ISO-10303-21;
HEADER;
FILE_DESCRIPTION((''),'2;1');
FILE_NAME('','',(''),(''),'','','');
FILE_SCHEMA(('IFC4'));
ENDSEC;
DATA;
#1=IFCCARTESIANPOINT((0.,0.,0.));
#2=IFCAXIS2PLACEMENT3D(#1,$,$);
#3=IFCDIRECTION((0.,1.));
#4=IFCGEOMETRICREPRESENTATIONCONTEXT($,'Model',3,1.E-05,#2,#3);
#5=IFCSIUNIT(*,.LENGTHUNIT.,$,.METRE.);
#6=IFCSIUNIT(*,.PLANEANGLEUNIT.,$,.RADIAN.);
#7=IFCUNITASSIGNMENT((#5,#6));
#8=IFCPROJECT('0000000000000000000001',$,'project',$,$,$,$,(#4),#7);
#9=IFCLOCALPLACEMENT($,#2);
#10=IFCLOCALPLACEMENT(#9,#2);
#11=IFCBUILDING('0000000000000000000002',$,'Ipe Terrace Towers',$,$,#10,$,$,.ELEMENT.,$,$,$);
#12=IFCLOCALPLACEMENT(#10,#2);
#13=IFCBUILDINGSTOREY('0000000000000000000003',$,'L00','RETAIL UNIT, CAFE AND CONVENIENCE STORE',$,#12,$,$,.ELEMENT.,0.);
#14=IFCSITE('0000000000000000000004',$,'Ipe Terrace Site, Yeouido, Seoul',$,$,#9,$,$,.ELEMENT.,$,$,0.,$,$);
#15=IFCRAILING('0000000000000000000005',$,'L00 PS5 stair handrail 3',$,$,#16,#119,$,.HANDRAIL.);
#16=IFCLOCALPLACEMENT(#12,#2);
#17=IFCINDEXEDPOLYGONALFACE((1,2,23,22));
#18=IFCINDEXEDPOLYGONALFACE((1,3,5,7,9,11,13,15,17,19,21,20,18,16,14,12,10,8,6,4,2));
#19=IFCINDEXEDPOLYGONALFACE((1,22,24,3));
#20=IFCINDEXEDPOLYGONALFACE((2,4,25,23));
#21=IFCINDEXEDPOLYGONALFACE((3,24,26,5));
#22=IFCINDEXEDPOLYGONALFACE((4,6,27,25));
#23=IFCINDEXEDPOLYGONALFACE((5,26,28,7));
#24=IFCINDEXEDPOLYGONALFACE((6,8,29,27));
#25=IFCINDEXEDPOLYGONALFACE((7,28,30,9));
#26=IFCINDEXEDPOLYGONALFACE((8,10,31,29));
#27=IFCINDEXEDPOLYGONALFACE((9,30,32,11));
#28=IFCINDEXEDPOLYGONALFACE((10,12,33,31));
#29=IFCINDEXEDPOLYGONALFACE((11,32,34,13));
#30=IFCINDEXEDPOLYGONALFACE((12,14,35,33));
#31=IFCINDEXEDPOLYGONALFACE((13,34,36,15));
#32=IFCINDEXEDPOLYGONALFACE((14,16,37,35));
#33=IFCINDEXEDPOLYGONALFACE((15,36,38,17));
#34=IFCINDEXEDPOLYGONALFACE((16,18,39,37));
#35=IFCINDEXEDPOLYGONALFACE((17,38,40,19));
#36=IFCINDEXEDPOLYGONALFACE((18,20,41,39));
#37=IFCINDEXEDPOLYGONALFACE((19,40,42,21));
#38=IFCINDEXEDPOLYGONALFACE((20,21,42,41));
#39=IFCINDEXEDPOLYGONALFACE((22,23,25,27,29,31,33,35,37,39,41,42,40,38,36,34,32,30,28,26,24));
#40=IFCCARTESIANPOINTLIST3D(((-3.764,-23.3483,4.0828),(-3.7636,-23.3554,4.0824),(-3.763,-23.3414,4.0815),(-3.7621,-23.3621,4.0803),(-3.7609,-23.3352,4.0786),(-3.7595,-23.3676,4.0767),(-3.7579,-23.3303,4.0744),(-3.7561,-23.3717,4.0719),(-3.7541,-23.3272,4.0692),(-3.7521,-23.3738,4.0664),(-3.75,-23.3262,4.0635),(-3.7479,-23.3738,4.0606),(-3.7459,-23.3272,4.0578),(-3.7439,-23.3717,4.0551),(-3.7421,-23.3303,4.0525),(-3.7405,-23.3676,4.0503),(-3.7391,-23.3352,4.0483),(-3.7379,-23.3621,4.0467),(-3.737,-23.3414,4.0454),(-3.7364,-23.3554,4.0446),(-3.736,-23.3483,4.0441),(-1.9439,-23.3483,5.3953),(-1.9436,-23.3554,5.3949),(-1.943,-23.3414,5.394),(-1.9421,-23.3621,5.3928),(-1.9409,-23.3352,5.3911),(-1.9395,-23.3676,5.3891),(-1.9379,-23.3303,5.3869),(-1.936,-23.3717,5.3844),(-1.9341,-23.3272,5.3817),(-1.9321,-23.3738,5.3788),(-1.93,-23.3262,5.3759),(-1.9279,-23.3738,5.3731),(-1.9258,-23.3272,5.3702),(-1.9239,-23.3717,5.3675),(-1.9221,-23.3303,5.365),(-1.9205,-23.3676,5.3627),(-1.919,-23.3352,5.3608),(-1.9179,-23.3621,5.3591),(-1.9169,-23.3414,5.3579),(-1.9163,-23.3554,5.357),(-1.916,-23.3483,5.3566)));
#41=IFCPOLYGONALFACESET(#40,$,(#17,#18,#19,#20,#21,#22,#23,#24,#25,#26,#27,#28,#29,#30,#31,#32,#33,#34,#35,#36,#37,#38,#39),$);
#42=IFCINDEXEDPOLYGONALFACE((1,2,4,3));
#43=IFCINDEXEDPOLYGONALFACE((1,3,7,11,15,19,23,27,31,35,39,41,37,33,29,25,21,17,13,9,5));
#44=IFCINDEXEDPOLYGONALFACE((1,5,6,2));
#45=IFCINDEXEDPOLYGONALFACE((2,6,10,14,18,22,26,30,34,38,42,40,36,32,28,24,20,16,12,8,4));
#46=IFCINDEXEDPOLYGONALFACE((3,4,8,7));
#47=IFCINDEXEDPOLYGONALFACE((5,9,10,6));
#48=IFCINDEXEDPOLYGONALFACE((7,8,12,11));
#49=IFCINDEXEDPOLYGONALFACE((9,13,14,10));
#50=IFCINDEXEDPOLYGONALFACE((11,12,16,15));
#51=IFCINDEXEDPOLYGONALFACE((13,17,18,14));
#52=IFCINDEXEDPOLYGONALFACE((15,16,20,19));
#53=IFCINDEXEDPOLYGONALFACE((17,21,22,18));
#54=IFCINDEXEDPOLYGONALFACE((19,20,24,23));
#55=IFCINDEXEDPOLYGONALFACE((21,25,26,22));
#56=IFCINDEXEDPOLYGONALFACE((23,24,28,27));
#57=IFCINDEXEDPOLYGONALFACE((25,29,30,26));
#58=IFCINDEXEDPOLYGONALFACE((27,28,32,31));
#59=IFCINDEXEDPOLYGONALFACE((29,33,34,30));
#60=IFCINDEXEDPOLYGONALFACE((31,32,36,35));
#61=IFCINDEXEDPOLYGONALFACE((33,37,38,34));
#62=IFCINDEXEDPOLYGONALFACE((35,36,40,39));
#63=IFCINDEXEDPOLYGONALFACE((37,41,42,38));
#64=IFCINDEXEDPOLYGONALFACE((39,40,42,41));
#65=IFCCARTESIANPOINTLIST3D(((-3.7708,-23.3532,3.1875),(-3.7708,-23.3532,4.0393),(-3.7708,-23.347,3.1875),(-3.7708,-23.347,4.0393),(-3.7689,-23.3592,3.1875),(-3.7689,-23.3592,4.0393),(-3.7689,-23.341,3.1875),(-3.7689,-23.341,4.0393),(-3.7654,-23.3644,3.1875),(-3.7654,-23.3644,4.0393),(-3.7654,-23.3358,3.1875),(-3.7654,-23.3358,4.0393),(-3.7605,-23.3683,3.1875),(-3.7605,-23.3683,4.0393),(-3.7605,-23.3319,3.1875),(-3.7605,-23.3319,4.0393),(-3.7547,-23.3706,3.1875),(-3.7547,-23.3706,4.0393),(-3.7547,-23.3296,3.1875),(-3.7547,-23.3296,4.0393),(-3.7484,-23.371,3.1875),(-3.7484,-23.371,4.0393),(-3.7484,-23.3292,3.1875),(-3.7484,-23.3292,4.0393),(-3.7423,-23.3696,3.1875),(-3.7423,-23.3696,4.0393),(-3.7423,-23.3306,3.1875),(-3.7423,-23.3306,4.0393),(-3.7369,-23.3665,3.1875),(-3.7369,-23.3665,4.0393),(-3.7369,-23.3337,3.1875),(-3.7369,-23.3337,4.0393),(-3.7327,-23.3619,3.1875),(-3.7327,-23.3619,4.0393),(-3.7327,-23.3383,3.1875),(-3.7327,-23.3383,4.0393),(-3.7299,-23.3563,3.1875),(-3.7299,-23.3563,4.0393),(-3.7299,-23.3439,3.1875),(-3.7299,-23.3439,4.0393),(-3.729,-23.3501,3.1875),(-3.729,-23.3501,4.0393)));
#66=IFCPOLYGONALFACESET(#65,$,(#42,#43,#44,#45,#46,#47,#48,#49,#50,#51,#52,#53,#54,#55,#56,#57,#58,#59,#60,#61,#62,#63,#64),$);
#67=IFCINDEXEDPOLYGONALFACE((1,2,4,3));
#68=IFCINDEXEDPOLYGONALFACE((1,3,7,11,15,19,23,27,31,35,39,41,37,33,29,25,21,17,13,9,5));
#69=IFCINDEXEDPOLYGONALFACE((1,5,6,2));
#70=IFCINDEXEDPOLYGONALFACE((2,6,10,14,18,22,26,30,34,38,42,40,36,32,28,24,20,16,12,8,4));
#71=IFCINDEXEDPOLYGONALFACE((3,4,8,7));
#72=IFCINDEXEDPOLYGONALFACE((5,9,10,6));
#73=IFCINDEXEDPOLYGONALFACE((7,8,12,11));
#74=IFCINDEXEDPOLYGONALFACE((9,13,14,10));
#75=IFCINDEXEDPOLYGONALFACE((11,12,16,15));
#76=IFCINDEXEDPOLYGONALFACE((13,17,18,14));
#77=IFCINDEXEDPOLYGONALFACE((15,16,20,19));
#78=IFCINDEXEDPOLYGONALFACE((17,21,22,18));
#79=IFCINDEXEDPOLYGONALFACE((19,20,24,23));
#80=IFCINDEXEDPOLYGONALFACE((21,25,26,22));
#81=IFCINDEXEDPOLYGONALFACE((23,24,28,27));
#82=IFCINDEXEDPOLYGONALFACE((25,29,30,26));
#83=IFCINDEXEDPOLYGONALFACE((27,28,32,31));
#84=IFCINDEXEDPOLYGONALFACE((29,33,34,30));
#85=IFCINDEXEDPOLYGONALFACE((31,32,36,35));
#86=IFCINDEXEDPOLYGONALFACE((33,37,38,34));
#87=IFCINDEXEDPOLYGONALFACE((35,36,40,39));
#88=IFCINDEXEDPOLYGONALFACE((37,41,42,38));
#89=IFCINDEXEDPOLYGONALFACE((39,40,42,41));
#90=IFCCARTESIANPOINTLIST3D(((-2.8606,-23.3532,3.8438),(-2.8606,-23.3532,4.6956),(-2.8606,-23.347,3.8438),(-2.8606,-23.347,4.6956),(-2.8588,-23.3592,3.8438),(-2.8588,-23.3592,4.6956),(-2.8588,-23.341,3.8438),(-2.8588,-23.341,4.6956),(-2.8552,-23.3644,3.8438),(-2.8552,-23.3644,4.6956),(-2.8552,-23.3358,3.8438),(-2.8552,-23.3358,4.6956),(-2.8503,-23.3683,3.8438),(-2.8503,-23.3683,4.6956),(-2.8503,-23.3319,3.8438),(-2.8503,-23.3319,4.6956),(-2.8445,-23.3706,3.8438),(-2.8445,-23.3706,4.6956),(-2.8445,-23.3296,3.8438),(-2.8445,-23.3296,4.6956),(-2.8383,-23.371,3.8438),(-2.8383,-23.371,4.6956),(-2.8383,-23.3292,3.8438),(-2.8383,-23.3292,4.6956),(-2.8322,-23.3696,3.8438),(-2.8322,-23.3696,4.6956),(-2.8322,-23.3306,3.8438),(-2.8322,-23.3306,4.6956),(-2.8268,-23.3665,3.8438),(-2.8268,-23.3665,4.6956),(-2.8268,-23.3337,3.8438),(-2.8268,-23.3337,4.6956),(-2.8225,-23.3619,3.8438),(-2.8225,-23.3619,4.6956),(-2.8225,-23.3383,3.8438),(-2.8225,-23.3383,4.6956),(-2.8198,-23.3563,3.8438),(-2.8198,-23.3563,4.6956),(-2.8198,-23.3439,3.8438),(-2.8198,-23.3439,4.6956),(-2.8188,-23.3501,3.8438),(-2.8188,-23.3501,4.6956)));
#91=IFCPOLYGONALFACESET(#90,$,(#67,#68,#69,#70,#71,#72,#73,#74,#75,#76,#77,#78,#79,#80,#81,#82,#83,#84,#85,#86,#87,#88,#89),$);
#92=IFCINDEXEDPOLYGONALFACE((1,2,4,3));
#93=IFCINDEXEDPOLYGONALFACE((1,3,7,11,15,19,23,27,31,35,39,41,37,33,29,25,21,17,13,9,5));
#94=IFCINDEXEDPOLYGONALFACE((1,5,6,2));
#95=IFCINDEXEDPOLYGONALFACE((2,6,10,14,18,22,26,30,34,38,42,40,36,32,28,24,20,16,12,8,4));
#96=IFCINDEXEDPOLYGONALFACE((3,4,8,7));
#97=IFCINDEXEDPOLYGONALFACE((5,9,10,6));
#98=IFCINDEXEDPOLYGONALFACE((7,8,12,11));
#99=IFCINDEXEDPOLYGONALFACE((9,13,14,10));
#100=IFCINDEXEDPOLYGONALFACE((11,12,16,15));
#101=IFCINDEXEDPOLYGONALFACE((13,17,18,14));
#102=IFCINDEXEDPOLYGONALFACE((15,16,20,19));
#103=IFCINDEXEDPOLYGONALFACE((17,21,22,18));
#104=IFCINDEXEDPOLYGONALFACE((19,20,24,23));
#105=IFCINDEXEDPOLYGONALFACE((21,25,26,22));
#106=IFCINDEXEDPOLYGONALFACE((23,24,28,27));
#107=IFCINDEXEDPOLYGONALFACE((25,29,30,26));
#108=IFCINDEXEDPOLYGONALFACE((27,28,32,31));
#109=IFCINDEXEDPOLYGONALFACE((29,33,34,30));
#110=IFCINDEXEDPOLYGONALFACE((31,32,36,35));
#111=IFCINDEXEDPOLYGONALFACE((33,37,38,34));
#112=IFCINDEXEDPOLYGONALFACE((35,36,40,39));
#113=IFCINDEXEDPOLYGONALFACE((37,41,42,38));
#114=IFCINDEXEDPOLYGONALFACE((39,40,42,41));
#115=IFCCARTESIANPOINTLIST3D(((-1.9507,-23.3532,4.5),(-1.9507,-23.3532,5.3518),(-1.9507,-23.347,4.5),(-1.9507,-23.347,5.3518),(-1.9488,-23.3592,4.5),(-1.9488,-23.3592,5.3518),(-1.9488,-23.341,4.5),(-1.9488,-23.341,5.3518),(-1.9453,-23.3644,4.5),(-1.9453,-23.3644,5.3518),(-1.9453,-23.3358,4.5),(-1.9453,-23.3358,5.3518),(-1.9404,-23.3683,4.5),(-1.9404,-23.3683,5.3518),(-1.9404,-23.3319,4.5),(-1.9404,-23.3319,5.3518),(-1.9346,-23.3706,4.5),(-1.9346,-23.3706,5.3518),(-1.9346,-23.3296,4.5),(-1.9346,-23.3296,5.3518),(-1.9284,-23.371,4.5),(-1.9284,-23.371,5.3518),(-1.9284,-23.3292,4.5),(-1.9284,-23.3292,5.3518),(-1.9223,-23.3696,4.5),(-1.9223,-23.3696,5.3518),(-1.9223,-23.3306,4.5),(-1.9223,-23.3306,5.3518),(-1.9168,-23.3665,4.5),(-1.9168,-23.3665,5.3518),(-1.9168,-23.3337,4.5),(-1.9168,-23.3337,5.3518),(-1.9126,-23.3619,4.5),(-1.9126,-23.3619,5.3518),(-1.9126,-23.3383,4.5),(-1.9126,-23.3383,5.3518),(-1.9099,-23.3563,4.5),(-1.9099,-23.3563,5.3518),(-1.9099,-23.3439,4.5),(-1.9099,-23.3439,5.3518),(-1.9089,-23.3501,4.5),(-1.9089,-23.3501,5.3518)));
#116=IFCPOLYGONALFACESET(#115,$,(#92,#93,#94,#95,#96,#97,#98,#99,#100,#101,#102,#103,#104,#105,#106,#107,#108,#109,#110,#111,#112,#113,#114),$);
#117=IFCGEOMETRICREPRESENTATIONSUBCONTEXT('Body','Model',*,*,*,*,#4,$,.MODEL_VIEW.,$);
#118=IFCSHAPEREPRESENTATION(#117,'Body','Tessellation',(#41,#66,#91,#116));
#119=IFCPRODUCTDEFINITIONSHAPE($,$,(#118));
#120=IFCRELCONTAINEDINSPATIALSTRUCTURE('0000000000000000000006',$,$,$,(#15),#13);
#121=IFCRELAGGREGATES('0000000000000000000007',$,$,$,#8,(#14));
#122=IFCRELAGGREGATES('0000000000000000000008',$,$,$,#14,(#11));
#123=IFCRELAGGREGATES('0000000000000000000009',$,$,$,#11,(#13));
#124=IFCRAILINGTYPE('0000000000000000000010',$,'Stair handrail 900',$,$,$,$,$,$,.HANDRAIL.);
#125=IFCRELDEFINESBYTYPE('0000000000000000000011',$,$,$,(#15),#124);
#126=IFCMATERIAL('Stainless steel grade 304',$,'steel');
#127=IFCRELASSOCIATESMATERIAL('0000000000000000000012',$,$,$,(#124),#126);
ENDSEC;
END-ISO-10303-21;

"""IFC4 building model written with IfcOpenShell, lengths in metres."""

from ifc_helpers import new_model, si_unit, direction, frame, origin, origin_2d, place, context, subcontext, project, spatial, circle, extrude, material, type_object, element, save


model = new_model("IFC4")

# Units and contexts
model_context = context("Model", 3, precision=1e-05, world=origin(), true_north=direction((0.0, 1.0)))
body_context = subcontext(model_context, "Body", "Model", "MODEL_VIEW")
ifc_project = project(units=[si_unit("LENGTHUNIT", "METRE"), si_unit("PLANEANGLEUNIT", "RADIAN")], contexts=[model_context])

# Site, building, storey
site_placement = place(None, origin())
site = spatial("IfcSite", under=ifc_project, at=site_placement, Name="Ipe Terrace Site, Yeouido, Seoul", CompositionType="ELEMENT", RefElevation=0.0)
building_placement = place(site_placement, origin())
building = spatial("IfcBuilding", under=site, at=building_placement, Name="Ipe Terrace Towers", CompositionType="ELEMENT")
storey_placement = place(building_placement, origin())
storey = spatial("IfcBuildingStorey", under=building, at=storey_placement, Name="L00", Description="RETAIL UNIT, CAFE AND CONVENIENCE STORE", CompositionType="ELEMENT", Elevation=0.0)

# Railing
ifc_material_1 = material(Name="Stainless steel grade 304", Category="steel")
railing_type_1 = type_object("IfcRailingType", Name="Stair handrail 900", PredefinedType="HANDRAIL", material=ifc_material_1)
for number, where, name in (
    (1, (-3.75, -23.3501, 3.1875), "L00 PS5 stair handrail 3"),
):
    element("IfcRailing", number, at=place(storey_placement, frame(where)), inside=storey, type_object=railing_type_1, Name=name, PredefinedType="HANDRAIL", context=body_context, shape_type="SweptSolid", body=[
        extrude(circle(Radius=0.0239, at=origin_2d()), frame((0.0, 0.0, 0.876), z_axis=(0.811101, 0.0, 0.584906), x_axis=(0.0, 1.0, 0.0)), (0.0, 0.0, 1.0), 2.2439),
        extrude(circle(Radius=0.021, at=origin_2d()), origin(), (0.0, 0.0, 1.0), 0.8518),
        extrude(circle(Radius=0.021, at=origin_2d()), frame((0.9102, 0.0, 0.6562)), (0.0, 0.0, 1.0), 0.8518),
        extrude(circle(Radius=0.021, at=origin_2d()), frame((1.8201, 0.0, 1.3125)), (0.0, 0.0, 1.0), 0.8518),
    ])

save(model, "model.ifc")
